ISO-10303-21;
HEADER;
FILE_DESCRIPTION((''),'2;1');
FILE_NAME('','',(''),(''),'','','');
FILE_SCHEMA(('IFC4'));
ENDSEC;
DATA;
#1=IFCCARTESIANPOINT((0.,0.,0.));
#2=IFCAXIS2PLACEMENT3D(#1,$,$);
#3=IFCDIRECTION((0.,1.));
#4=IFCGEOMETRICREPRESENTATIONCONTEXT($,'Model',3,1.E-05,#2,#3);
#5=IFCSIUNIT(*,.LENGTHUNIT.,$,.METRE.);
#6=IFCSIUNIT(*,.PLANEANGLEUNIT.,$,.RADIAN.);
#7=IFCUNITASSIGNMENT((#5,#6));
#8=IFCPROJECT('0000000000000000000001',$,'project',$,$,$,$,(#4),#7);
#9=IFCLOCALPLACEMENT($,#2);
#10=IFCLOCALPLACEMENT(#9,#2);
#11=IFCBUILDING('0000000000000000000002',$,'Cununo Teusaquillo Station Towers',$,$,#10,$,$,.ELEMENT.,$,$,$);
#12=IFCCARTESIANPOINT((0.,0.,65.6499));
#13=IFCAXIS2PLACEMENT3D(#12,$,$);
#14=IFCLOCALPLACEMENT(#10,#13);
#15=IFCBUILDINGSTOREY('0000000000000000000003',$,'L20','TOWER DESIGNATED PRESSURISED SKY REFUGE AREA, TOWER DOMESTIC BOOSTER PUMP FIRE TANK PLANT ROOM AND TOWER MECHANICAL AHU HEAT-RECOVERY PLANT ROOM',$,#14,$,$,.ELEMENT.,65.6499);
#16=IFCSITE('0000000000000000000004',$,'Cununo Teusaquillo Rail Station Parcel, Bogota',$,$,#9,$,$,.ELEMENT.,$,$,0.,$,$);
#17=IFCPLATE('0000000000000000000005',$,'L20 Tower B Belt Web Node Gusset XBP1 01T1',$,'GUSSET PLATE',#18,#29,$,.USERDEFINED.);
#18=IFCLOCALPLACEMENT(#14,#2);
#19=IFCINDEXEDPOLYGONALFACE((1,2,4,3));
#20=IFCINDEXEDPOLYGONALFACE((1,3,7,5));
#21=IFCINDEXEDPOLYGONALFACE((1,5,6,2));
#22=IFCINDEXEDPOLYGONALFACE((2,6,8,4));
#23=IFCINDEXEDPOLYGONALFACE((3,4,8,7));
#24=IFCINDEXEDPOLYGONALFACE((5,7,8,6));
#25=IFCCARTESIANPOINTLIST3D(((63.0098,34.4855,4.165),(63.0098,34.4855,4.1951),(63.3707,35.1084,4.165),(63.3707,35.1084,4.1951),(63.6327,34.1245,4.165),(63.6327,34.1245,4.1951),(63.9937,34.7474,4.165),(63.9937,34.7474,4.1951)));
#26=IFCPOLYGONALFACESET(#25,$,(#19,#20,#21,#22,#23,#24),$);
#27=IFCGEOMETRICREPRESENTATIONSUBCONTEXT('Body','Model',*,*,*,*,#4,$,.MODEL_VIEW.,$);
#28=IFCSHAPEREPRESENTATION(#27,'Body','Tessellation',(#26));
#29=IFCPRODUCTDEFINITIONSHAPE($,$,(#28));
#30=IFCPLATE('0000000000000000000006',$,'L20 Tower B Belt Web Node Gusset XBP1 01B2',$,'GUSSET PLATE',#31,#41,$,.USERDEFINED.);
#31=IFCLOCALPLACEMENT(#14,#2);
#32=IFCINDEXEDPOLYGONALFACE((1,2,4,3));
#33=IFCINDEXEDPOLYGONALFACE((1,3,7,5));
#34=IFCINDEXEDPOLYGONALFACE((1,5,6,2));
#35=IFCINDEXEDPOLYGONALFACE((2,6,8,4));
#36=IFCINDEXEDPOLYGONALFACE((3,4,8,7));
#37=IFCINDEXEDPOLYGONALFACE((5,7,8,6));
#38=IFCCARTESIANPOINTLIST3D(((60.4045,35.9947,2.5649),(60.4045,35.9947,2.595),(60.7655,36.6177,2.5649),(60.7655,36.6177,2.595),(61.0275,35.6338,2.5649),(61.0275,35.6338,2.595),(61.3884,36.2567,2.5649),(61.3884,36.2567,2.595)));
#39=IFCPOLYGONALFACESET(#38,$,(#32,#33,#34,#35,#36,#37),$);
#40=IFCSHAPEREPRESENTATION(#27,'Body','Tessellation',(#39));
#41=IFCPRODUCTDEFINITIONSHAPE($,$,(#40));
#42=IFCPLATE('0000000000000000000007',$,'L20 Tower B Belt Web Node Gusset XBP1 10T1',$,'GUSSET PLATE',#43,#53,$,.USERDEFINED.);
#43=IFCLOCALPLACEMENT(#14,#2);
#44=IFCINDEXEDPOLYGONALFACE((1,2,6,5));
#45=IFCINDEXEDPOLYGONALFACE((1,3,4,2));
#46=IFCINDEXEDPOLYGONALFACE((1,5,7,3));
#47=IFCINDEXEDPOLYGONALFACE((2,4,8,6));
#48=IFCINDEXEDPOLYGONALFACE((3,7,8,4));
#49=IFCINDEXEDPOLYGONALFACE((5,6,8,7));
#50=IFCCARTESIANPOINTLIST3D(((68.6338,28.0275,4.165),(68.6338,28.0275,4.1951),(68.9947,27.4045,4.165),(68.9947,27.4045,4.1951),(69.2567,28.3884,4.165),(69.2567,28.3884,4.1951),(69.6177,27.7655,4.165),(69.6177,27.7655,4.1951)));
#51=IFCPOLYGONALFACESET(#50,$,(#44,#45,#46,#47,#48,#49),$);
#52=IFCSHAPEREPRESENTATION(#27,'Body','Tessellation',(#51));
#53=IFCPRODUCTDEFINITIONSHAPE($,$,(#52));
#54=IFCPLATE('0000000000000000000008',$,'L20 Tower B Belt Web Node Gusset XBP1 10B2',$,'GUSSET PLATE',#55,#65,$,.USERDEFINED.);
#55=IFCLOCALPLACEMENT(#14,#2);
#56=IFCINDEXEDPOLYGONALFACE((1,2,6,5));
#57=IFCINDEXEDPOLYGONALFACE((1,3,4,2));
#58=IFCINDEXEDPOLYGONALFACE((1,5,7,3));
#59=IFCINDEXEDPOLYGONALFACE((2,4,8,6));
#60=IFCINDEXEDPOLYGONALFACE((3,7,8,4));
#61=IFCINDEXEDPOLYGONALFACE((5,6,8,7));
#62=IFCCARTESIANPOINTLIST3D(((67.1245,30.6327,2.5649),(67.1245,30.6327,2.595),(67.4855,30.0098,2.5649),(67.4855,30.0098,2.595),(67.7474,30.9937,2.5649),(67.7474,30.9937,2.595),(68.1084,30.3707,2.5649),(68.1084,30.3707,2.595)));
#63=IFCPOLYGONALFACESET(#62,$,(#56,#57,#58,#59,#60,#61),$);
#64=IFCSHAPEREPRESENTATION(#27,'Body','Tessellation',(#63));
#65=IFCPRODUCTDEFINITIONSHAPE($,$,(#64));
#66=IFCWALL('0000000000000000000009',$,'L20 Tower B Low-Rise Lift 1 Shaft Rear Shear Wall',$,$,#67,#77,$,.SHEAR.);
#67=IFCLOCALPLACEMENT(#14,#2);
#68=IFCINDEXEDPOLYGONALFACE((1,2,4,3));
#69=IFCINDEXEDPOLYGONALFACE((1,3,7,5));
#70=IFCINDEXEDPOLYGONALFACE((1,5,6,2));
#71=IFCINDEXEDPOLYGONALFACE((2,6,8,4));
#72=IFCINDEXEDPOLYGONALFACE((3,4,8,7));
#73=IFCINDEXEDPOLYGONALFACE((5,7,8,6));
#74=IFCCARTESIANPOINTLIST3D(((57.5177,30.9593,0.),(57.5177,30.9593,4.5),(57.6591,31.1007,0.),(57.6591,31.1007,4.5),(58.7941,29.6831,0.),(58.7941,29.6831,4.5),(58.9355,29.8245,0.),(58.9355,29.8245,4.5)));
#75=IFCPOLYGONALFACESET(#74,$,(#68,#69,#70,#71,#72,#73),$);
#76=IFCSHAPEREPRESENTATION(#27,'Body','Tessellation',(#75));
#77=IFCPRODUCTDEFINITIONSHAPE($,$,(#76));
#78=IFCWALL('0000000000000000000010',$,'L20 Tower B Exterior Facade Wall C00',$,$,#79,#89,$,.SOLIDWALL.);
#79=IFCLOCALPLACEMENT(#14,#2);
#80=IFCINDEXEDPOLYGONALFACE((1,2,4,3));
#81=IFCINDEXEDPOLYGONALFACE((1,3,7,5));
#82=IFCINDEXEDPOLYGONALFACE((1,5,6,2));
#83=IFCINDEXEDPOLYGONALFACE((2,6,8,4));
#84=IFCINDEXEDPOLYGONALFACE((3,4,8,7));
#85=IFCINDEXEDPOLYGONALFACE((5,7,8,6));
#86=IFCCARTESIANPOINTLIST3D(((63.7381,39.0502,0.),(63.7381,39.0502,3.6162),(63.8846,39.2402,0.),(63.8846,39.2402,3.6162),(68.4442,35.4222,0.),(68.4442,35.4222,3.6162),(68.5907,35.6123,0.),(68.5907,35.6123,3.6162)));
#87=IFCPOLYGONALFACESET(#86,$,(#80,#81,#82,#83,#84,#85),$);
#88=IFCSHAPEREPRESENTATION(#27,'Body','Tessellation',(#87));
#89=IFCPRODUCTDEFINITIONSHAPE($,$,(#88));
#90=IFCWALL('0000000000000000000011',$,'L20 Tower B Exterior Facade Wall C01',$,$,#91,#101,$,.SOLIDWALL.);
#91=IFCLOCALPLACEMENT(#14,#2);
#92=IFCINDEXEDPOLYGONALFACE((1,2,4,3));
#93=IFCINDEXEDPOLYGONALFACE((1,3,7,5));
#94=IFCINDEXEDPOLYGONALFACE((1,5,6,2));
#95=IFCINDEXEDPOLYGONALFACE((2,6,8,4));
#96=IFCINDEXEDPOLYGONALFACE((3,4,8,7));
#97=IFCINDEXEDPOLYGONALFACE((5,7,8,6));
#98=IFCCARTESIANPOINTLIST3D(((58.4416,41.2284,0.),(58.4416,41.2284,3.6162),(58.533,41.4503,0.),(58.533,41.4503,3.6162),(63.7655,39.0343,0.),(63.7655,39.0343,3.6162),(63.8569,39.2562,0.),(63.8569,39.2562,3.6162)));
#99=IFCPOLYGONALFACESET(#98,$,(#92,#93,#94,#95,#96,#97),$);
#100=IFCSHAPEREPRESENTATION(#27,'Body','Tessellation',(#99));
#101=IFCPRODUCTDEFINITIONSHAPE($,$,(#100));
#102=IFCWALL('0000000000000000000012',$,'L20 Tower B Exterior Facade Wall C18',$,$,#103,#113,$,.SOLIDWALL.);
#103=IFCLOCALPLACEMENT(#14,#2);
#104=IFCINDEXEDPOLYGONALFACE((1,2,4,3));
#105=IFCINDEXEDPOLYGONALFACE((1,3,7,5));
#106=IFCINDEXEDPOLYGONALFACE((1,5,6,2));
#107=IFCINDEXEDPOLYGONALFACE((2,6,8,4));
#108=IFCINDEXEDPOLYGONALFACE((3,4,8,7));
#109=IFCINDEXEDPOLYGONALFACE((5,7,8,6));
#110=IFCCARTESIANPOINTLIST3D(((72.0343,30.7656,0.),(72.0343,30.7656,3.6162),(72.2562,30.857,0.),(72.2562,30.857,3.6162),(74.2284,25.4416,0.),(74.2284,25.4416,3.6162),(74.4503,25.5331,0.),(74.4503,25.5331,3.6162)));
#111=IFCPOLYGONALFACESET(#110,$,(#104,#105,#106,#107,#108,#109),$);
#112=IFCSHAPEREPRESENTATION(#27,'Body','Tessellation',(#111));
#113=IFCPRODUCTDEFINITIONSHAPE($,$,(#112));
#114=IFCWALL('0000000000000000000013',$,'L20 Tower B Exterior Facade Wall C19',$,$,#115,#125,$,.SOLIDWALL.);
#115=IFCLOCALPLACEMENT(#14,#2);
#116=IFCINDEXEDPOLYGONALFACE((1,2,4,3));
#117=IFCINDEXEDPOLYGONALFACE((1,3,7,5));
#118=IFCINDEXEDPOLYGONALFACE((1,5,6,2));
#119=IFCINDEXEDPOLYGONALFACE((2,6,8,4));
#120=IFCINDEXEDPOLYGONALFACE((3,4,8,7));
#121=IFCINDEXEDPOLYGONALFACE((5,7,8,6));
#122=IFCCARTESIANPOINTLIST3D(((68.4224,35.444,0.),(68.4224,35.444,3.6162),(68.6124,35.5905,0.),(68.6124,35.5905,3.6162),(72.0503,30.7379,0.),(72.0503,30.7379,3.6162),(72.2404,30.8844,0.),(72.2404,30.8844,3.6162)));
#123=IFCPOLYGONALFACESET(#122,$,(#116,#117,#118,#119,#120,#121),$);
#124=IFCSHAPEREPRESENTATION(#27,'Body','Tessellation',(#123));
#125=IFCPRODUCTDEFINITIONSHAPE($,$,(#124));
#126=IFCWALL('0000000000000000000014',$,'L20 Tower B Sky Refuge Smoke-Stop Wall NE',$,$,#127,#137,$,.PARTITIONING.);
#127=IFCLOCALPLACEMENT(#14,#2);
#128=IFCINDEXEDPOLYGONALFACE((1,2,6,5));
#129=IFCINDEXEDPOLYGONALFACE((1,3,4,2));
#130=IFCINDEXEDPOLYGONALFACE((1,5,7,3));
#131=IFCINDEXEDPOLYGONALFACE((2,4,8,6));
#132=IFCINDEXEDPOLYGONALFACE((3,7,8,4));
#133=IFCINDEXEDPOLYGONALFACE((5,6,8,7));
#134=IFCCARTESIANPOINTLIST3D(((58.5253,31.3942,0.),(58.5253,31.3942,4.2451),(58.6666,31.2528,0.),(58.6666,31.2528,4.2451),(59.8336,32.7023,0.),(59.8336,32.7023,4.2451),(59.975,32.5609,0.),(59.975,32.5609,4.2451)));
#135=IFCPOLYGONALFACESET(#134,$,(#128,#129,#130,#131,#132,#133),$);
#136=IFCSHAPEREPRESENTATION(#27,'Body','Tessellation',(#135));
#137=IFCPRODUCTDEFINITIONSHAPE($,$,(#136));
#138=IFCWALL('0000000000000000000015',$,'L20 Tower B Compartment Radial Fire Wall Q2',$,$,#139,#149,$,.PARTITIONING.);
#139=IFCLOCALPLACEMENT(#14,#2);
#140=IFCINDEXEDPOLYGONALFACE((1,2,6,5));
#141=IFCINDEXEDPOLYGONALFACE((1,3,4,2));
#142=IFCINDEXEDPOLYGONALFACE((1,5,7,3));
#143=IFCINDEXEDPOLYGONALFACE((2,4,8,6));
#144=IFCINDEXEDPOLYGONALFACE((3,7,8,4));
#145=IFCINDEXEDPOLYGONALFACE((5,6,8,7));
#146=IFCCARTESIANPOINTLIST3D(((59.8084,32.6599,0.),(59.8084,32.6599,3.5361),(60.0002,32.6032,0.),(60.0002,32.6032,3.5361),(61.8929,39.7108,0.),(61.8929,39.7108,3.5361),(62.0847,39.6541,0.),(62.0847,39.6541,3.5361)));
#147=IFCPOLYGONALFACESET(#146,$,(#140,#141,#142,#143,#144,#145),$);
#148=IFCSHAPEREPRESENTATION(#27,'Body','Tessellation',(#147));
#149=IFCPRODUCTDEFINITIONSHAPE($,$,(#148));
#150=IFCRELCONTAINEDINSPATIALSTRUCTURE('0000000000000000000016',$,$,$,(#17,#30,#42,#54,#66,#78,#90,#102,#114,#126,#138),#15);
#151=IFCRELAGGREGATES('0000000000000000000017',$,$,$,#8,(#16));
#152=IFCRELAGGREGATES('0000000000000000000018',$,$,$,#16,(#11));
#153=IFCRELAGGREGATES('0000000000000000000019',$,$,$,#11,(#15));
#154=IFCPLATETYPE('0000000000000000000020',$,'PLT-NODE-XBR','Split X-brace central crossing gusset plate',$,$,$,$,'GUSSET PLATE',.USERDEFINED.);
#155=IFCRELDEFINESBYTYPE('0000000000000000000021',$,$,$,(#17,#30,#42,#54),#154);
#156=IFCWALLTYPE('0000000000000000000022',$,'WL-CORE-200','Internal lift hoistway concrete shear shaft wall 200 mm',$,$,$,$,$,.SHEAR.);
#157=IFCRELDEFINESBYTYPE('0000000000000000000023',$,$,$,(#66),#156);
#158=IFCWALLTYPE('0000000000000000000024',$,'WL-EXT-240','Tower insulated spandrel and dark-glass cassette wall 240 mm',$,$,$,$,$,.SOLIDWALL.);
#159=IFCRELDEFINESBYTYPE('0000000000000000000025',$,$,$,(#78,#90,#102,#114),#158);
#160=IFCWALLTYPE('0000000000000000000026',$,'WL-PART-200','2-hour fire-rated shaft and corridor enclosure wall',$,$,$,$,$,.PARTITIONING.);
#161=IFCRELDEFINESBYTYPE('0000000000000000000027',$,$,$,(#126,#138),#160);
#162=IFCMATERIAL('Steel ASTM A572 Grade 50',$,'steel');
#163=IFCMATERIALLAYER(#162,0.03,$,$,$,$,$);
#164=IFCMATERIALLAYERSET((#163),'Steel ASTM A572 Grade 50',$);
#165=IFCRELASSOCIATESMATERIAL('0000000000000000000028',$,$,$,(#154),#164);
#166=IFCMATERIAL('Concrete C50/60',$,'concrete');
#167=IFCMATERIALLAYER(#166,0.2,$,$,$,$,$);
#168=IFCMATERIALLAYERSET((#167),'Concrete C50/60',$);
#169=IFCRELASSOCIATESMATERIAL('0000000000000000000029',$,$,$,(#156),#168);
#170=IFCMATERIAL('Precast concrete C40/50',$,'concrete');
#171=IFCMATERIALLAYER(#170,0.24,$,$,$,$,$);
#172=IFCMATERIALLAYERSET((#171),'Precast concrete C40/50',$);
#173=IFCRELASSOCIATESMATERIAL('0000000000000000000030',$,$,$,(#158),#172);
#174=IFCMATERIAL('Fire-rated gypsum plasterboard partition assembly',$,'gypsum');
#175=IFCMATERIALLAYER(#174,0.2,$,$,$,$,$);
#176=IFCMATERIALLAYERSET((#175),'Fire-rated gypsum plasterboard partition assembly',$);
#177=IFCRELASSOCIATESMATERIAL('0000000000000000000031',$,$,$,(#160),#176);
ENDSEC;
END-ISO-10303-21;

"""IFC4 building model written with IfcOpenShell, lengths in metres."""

from ifc_helpers import new_model, si_unit, direction, frame, frame_2d, origin, origin_2d, place, context, subcontext, project, spatial, rectangle, extrude, source, transform, mapped, material, layer, layer_set, type_object, element, save


model = new_model("IFC4")

# Units and contexts
model_context = context("Model", 3, precision=1e-05, world=origin(), true_north=direction((0.0, 1.0)))
body_context = subcontext(model_context, "Body", "Model", "MODEL_VIEW")
ifc_project = project(units=[si_unit("LENGTHUNIT", "METRE"), si_unit("PLANEANGLEUNIT", "RADIAN")], contexts=[model_context])

# Site, building, storey
site_placement = place(None, origin())
site = spatial("IfcSite", under=ifc_project, at=site_placement, Name="Cununo Teusaquillo Rail Station Parcel, Bogota", CompositionType="ELEMENT", RefElevation=0.0)
building_placement = place(site_placement, origin())
building = spatial("IfcBuilding", under=site, at=building_placement, Name="Cununo Teusaquillo Station Towers", CompositionType="ELEMENT")
storey_placement = place(building_placement, frame((0.0, 0.0, 65.6499)))
storey = spatial("IfcBuildingStorey", under=building, at=storey_placement, Name="L20", Description="TOWER DESIGNATED PRESSURISED SKY REFUGE AREA, TOWER DOMESTIC BOOSTER PUMP FIRE TANK PLANT ROOM AND TOWER MECHANICAL AHU HEAT-RECOVERY PLANT ROOM", CompositionType="ELEMENT", Elevation=65.6499)

# Plates
ifc_material_1 = material(Name="Steel ASTM A572 Grade 50", Category="steel")
ifc_layer_1 = layer(ifc_material_1, 0.03)
ifc_layer_set_1 = layer_set([ifc_layer_1], Name="Steel ASTM A572 Grade 50")
plate_type_1 = type_object("IfcPlateType", Name="PLT-NODE-XBR", Description="Split X-brace central crossing gusset plate", ElementType="GUSSET PLATE", PredefinedType="USERDEFINED", material=ifc_layer_set_1)
shared_shape_1 = source(origin(), body_context, "Body", "SweptSolid", [
    extrude(rectangle(XDim=0.72, YDim=0.72, at=origin_2d()), origin(), (0.0, 0.0, 1.0), 0.03),
])
for number, where, z_axis, x_axis, name in (
    (1, (63.5017, 34.6165, 4.165), (0.0, 0.0, 1.0), (-0.865239, 0.50136, 0.0), "L20 Tower B Belt Web Node Gusset XBP1 01T1"),
    (2, (60.8965, 36.1257, 2.5649), (0.0, 0.0, 1.0), (-0.865239, 0.50136, 0.0), "L20 Tower B Belt Web Node Gusset XBP1 01B2"),
    (3, (69.1257, 27.8965, 4.165), (0.0, 0.0, 1.0), (-0.50136, 0.865239, 0.0), "L20 Tower B Belt Web Node Gusset XBP1 10T1"),
    (4, (67.6165, 30.5017, 2.5649), (0.0, 0.0, 1.0), (-0.50136, 0.865239, 0.0), "L20 Tower B Belt Web Node Gusset XBP1 10B2"),
):
    element("IfcPlate", number, at=place(storey_placement, frame(where, z_axis=z_axis, x_axis=x_axis)), inside=storey, type_object=plate_type_1, Name=name, ObjectType="GUSSET PLATE", PredefinedType="USERDEFINED", context=body_context, shape_type="MappedRepresentation", body=[
        mapped(shared_shape_1, transform((0.0, 0.0, 0.0), x_axis=(1.0, 0.0, 0.0), y_axis=(0.0, 1.0, 0.0), z_axis=(0.0, 0.0, 1.0), scale=1.0)),
    ])

# Walls
ifc_material_2 = material(Name="Concrete C50/60", Category="concrete")
ifc_layer_2 = layer(ifc_material_2, 0.2)
ifc_layer_set_2 = layer_set([ifc_layer_2], Name="Concrete C50/60")
wall_type_1 = type_object("IfcWallType", Name="WL-CORE-200", Description="Internal lift hoistway concrete shear shaft wall 200 mm", PredefinedType="SHEAR", material=ifc_layer_set_2)
wall_1_placement = place(storey_placement, frame((58.8647, 29.7539, 0.0), z_axis=(0.0, 0.0, 1.0), x_axis=(-0.707174, 0.707039, 0.0)))
element("IfcWall", 5, at=wall_1_placement, inside=storey, type_object=wall_type_1, Name="L20 Tower B Low-Rise Lift 1 Shaft Rear Shear Wall", PredefinedType="SHEAR", context=body_context, shape_type="SweptSolid", body=[
    extrude(rectangle(XDim=1.8049, YDim=0.2, at=frame_2d((0.9023, 0.0))), origin(), (0.0, 0.0, 1.0), 4.5),
])
ifc_material_3 = material(Name="Precast concrete C40/50", Category="concrete")
ifc_layer_3 = layer(ifc_material_3, 0.24)
ifc_layer_set_3 = layer_set([ifc_layer_3], Name="Precast concrete C40/50")
wall_type_2 = type_object("IfcWallType", Name="WL-EXT-240", Description="Tower insulated spandrel and dark-glass cassette wall 240 mm", PredefinedType="SOLIDWALL", material=ifc_layer_set_3)
wall_2_placement = place(storey_placement, frame((63.8113, 39.1453, 0.0), z_axis=(0.0, 0.0, 1.0), x_axis=(0.791982, -0.610544, 0.0)))
element("IfcWall", 6, at=wall_2_placement, inside=storey, type_object=wall_type_2, Name="L20 Tower B Exterior Facade Wall C00", PredefinedType="SOLIDWALL", context=body_context, shape_type="SweptSolid", body=[
    extrude(rectangle(XDim=5.9421, YDim=0.24, at=frame_2d((2.9712, 0.0))), origin(), (0.0, 0.0, 1.0), 3.6162),
])
for number, where, z_axis, x_axis, name in (
    (7, (58.4873, 41.3394, 0.0), (0.0, 0.0, 1.0), (0.924564, -0.381027, 0.0), "L20 Tower B Exterior Facade Wall C01"),
    (8, (72.1453, 30.8113, 0.0), (0.0, 0.0, 1.0), (0.381027, -0.924564, 0.0), "L20 Tower B Exterior Facade Wall C18"),
):
    element("IfcWall", number, at=place(storey_placement, frame(where, z_axis=z_axis, x_axis=x_axis)), inside=storey, type_object=wall_type_2, Name=name, PredefinedType="SOLIDWALL", context=body_context, shape_type="SweptSolid", body=[
        extrude(rectangle(XDim=5.7583, YDim=0.24, at=frame_2d((2.8792, 0.0))), origin(), (0.0, 0.0, 1.0), 3.6162),
    ])
wall_3_placement = place(storey_placement, frame((68.5173, 35.5173, 0.0), z_axis=(0.0, 0.0, 1.0), x_axis=(0.610544, -0.791982, 0.0)))
element("IfcWall", 9, at=wall_3_placement, inside=storey, type_object=wall_type_2, Name="L20 Tower B Exterior Facade Wall C19", PredefinedType="SOLIDWALL", context=body_context, shape_type="SweptSolid", body=[
    extrude(rectangle(XDim=5.9421, YDim=0.24, at=frame_2d((2.9712, 0.0))), origin(), (0.0, 0.0, 1.0), 3.6162),
])
ifc_material_4 = material(Name="Fire-rated gypsum plasterboard partition assembly", Category="gypsum")
ifc_layer_4 = layer(ifc_material_4, 0.2)
ifc_layer_set_4 = layer_set([ifc_layer_4], Name="Fire-rated gypsum plasterboard partition assembly")
wall_type_3 = type_object("IfcWallType", Name="WL-PART-200", Description="2-hour fire-rated shaft and corridor enclosure wall", PredefinedType="PARTITIONING", material=ifc_layer_set_4)
wall_4_placement = place(storey_placement, frame((58.5959, 31.3235, 0.0), z_axis=(0.0, 0.0, 1.0), x_axis=(0.707173, 0.707041, 0.0)))
element("IfcWall", 10, at=wall_4_placement, inside=storey, type_object=wall_type_3, Name="L20 Tower B Sky Refuge Smoke-Stop Wall NE", PredefinedType="PARTITIONING", context=body_context, shape_type="SweptSolid", body=[
    extrude(rectangle(XDim=1.8501, YDim=0.2, at=frame_2d((0.925, 0.0))), origin(), (0.0, 0.0, 1.0), 4.2451),
])
wall_5_placement = place(storey_placement, frame((59.9043, 32.6316, 0.0), z_axis=(0.0, 0.0, 1.0), x_axis=(0.283507, 0.95897, 0.0)))
element("IfcWall", 11, at=wall_5_placement, inside=storey, type_object=wall_type_3, Name="L20 Tower B Compartment Radial Fire Wall Q2", PredefinedType="PARTITIONING", context=body_context, shape_type="SweptSolid", body=[
    extrude(rectangle(XDim=7.3525, YDim=0.2, at=frame_2d((3.6763, 0.0))), origin(), (0.0, 0.0, 1.0), 3.5361),
])

save(model, "model.ifc")
